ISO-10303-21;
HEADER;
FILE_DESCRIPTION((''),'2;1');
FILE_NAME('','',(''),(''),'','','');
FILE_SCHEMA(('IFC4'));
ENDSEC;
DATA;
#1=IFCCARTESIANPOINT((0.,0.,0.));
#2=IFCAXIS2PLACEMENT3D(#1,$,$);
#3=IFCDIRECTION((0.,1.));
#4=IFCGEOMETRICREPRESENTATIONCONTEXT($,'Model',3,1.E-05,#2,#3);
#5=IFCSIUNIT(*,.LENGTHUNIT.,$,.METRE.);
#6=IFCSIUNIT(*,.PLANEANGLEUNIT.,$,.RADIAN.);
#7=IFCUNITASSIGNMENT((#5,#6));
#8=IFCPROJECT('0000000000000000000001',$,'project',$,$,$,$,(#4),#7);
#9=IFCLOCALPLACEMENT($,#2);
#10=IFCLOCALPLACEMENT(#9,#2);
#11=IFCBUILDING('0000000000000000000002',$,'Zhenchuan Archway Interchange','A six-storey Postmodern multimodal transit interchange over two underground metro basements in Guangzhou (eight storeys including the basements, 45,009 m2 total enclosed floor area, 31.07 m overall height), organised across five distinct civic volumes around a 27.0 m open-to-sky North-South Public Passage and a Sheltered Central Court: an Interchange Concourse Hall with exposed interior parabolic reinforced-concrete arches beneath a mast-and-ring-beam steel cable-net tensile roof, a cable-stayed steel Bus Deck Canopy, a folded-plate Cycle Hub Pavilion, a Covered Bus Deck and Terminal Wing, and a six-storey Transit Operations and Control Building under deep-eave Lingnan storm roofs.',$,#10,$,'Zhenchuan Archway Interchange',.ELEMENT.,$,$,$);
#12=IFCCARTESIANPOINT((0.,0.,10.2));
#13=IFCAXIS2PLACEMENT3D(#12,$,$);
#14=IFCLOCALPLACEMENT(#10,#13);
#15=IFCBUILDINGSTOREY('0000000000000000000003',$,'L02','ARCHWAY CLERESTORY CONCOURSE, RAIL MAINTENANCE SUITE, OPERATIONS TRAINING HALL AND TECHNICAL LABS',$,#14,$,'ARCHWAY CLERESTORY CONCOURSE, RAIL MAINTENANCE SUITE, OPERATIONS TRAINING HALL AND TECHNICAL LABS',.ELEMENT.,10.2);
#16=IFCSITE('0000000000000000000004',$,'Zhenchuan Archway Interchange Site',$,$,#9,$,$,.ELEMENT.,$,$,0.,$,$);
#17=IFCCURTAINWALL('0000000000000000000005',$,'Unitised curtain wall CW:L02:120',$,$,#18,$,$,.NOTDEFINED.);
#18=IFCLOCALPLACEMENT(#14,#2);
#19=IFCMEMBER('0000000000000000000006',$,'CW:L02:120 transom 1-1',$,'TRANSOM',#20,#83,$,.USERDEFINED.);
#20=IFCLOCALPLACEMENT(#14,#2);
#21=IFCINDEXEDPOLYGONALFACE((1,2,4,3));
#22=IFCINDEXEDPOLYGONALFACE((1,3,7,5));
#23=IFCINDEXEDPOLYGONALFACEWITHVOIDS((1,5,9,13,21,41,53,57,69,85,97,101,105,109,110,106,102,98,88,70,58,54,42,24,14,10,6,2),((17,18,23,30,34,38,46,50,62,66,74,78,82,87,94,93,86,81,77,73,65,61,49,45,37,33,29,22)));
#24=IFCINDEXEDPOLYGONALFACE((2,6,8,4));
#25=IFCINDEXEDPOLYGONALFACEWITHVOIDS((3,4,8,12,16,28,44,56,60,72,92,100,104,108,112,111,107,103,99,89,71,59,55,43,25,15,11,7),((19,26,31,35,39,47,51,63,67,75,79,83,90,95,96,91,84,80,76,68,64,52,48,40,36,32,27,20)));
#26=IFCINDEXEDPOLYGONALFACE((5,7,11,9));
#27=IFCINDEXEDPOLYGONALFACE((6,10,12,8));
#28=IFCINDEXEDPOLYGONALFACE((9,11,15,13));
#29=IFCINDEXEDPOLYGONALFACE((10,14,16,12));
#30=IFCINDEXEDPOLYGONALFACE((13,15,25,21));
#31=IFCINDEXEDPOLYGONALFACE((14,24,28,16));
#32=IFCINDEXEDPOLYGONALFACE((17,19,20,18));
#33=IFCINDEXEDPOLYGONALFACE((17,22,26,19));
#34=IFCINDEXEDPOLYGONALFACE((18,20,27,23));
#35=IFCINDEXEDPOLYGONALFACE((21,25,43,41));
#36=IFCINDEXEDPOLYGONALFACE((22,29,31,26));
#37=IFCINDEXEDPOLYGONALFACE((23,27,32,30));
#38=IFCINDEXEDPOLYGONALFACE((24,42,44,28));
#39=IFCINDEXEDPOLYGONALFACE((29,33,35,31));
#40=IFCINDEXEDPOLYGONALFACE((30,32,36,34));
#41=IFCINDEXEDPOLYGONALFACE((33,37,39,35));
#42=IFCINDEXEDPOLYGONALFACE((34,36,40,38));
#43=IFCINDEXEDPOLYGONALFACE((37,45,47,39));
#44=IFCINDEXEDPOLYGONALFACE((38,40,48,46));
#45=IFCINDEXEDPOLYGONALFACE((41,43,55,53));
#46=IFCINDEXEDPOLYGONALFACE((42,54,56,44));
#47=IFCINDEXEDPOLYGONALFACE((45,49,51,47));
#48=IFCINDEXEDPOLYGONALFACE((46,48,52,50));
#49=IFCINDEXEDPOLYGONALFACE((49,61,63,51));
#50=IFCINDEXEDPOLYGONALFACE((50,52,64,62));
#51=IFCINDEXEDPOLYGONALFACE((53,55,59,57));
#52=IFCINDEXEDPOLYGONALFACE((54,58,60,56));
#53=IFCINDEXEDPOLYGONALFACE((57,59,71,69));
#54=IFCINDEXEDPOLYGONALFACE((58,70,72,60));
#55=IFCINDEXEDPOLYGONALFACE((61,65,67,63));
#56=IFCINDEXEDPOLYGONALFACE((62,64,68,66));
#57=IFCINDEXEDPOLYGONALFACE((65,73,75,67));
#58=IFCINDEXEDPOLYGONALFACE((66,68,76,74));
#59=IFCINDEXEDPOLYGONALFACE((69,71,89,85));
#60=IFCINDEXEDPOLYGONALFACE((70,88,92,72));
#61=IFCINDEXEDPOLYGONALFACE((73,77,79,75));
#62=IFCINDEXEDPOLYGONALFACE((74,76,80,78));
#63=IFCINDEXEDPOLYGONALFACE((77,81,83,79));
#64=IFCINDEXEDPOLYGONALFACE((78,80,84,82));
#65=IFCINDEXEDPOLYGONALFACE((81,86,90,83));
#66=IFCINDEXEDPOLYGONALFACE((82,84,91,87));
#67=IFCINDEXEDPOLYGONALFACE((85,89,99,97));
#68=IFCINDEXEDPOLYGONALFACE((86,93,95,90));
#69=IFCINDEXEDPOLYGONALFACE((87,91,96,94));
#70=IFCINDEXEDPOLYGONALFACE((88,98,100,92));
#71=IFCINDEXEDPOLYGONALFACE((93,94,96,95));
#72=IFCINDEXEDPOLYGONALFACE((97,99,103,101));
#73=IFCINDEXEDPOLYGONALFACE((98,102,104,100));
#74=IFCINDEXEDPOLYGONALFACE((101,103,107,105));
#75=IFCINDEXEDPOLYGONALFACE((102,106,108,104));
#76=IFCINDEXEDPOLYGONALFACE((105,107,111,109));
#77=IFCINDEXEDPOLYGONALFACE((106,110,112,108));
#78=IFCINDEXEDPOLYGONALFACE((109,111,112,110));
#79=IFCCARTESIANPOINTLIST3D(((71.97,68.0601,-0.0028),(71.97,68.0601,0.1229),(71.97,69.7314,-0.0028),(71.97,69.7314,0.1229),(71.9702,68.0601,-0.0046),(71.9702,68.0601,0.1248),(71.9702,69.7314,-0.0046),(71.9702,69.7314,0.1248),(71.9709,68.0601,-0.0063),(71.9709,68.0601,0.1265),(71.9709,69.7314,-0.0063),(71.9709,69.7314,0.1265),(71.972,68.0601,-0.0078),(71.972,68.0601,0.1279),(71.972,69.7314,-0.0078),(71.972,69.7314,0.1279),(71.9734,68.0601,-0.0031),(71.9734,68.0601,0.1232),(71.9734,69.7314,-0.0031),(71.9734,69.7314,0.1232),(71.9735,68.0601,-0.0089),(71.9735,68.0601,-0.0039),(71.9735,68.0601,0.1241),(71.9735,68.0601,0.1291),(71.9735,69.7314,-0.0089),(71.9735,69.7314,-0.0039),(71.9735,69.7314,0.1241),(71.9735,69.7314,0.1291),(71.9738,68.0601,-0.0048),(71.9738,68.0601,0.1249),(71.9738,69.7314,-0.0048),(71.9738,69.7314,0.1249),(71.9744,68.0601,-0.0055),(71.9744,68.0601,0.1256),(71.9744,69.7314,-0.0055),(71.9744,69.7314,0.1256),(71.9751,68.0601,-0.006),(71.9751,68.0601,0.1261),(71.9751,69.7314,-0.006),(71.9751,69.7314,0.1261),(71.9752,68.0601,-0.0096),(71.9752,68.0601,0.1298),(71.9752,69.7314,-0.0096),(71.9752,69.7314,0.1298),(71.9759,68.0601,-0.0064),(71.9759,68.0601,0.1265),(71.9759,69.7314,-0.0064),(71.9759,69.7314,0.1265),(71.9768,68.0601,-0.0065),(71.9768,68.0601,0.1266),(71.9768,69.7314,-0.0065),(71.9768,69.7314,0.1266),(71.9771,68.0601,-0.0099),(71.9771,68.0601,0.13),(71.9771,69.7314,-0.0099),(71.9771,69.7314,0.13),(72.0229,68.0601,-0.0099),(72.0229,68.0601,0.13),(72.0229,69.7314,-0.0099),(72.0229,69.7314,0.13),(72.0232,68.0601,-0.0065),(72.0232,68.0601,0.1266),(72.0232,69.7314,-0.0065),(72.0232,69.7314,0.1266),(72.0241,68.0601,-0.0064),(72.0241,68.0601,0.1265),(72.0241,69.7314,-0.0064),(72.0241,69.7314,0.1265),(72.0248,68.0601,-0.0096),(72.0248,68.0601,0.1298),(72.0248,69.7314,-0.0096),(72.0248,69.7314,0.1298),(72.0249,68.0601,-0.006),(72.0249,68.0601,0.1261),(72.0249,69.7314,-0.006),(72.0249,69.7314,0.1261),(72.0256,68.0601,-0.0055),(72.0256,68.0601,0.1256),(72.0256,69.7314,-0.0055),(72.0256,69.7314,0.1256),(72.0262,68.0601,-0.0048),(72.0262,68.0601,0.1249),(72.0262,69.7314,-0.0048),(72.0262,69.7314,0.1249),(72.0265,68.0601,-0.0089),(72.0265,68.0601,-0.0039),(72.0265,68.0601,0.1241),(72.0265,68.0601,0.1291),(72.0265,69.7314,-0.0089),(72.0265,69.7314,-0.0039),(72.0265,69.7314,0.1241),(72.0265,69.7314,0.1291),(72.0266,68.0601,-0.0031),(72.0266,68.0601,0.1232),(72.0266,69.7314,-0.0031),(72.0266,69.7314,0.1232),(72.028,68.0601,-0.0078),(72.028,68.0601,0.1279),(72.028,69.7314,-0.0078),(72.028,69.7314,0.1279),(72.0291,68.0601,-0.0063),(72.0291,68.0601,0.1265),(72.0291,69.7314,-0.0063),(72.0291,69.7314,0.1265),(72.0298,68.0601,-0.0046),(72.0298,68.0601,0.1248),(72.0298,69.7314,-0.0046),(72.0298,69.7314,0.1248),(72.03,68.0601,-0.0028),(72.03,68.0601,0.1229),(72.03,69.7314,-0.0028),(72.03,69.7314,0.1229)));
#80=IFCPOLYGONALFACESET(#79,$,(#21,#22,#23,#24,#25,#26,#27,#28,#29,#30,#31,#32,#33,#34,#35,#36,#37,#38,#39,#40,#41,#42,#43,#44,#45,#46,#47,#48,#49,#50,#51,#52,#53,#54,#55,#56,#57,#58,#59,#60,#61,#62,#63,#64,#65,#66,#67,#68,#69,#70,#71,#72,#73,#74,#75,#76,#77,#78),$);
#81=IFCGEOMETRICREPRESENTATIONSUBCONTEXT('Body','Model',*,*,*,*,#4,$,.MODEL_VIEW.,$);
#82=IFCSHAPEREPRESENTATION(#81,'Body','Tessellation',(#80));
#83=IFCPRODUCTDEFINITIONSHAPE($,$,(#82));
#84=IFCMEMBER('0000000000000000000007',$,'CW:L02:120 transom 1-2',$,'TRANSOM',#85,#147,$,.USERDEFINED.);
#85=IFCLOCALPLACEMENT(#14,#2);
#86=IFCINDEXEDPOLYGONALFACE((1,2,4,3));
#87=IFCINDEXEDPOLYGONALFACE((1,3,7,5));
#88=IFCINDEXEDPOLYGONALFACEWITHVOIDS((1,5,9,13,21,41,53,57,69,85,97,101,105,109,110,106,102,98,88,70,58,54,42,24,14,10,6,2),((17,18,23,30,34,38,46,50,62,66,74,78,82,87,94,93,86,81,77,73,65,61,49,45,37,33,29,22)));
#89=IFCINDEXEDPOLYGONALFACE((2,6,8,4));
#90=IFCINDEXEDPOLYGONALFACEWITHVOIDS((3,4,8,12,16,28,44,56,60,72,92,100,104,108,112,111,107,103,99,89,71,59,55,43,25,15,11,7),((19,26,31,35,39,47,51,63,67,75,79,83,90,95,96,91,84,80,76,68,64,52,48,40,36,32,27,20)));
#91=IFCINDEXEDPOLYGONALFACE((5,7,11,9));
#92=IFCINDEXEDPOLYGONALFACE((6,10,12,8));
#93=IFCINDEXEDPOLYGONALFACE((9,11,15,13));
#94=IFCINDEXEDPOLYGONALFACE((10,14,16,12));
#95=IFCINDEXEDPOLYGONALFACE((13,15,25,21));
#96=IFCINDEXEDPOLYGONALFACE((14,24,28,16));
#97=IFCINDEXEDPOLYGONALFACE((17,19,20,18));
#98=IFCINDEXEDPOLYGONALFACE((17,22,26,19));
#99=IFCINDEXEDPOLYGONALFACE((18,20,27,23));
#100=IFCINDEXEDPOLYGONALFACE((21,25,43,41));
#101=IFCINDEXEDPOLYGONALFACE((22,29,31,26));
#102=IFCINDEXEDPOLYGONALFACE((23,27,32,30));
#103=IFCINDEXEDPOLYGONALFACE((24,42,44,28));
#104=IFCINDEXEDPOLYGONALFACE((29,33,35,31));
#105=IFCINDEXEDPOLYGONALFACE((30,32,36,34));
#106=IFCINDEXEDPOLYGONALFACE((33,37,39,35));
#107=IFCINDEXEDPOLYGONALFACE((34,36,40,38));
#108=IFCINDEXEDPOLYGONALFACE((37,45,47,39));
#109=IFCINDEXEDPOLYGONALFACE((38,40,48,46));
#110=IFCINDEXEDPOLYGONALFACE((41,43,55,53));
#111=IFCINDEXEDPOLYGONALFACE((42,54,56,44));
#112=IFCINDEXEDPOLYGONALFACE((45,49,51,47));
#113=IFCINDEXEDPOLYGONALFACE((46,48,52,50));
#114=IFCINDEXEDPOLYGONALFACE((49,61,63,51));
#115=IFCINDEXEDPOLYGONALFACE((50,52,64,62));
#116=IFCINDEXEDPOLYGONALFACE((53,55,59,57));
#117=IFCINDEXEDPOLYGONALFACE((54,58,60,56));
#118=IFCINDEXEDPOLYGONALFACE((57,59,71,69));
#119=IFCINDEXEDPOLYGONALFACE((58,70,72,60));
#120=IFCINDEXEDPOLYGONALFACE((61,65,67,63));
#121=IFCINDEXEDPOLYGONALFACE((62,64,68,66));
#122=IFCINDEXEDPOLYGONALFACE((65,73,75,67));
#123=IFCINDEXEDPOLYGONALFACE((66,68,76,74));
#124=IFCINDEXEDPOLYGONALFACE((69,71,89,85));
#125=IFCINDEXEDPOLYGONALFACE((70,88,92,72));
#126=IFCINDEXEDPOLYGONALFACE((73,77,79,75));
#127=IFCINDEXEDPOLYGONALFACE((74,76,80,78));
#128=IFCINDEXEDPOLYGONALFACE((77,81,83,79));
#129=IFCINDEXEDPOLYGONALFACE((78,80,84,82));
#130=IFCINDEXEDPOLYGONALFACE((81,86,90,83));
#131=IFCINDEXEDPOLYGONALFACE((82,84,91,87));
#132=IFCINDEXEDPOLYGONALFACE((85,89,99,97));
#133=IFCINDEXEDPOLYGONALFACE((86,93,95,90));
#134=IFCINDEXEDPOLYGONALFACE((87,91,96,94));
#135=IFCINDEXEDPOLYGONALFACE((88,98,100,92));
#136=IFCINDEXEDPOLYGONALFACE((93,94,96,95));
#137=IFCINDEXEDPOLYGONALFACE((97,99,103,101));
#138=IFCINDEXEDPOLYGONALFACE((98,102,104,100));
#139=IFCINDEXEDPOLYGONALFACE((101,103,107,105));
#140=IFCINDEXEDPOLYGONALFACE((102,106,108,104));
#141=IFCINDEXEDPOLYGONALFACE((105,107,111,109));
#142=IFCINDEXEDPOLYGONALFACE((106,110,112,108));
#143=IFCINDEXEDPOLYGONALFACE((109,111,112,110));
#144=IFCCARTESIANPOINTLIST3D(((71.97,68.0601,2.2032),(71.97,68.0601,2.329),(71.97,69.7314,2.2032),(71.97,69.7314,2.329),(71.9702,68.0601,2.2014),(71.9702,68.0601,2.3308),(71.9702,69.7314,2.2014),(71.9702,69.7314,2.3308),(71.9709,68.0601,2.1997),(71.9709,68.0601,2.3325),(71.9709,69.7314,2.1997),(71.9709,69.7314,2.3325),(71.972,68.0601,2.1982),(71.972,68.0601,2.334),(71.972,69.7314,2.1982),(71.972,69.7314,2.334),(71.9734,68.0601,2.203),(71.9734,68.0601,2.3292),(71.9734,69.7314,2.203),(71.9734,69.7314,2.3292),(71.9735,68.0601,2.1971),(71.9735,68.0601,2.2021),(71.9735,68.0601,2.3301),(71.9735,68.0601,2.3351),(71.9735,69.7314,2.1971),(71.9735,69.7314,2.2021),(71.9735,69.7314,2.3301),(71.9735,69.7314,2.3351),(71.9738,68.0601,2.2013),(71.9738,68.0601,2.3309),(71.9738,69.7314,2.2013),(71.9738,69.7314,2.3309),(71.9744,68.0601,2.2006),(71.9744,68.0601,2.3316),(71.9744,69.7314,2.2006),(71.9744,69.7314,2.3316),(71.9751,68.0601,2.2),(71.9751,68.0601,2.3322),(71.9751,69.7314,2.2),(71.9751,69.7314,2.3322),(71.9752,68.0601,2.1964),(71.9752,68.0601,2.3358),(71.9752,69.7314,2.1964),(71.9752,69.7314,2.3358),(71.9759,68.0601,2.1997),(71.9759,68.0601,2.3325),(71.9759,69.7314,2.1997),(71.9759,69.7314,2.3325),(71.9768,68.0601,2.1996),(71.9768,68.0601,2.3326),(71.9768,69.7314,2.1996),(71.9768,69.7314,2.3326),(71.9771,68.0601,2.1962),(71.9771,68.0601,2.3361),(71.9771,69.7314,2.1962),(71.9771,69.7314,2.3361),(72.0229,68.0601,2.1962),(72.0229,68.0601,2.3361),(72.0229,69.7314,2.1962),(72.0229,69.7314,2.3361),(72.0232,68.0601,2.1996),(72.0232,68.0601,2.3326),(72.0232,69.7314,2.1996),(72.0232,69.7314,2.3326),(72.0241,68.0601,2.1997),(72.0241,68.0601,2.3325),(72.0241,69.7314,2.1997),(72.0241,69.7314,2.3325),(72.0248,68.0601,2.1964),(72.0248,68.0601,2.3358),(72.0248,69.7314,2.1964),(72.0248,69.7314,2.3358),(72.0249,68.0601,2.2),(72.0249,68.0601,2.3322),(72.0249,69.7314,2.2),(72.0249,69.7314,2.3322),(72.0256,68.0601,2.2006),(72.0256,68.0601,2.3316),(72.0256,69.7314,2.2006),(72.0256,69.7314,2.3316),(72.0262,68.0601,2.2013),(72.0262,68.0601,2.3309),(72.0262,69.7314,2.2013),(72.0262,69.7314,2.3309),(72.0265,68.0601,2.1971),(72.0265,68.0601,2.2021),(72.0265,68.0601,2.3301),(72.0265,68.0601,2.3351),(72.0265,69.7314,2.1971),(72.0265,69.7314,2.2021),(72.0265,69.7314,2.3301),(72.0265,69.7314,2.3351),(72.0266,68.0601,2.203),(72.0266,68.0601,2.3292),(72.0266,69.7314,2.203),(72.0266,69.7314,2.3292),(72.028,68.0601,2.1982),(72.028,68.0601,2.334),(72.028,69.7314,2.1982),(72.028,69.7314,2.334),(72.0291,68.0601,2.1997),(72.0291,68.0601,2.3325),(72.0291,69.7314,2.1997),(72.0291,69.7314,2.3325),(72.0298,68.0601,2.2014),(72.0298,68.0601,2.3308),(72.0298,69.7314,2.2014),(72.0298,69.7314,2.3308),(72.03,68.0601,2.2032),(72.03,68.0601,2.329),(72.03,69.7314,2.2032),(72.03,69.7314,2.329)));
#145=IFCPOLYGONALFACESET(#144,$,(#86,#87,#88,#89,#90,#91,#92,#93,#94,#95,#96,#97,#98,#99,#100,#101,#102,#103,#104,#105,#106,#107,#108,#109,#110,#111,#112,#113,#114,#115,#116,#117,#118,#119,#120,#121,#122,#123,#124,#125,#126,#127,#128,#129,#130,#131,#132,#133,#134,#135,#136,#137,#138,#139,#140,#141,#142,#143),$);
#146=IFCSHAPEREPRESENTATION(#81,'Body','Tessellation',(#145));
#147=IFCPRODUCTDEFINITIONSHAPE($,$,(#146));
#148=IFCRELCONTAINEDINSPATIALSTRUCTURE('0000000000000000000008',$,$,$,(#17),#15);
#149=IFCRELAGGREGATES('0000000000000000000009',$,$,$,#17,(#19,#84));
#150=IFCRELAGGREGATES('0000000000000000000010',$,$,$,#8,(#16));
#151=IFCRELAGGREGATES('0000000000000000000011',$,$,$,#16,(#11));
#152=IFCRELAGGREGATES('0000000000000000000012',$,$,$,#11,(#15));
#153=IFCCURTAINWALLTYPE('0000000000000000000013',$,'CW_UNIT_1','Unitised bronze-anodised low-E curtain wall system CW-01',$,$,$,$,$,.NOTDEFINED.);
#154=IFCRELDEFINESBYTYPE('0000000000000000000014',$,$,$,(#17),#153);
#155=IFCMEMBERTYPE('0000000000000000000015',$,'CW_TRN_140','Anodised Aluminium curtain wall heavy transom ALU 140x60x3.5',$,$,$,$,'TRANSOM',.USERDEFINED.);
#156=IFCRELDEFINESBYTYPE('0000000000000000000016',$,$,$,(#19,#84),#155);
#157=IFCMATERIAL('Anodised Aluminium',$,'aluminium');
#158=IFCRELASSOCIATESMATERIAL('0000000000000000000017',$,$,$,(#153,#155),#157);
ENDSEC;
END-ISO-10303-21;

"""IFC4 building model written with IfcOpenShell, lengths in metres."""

from ifc_helpers import new_model, si_unit, direction, frame, origin, origin_2d, place, context, subcontext, project, spatial, hollow_rectangle, extrude, material, material_profile, profile_set, type_object, element, aggregate, save


model = new_model("IFC4")

# Units and contexts
model_context = context("Model", 3, precision=1e-05, world=origin(), true_north=direction((0.0, 1.0)))
body_context = subcontext(model_context, "Body", "Model", "MODEL_VIEW")
ifc_project = project(units=[si_unit("LENGTHUNIT", "METRE"), si_unit("PLANEANGLEUNIT", "RADIAN")], contexts=[model_context])

# Site, building, storey
site_placement = place(None, origin())
site = spatial("IfcSite", under=ifc_project, at=site_placement, Name="Zhenchuan Archway Interchange Site", CompositionType="ELEMENT", RefElevation=0.0)
building_placement = place(site_placement, origin())
building = spatial("IfcBuilding", under=site, at=building_placement, Name="Zhenchuan Archway Interchange", Description="A six-storey Postmodern multimodal transit interchange over two underground metro basements in Guangzhou (eight storeys including the basements, 45,009 m2 total enclosed floor area, 31.07 m overall height), organised across five distinct civic volumes around a 27.0 m open-to-sky North-South Public Passage and a Sheltered Central Court: an Interchange Concourse Hall with exposed interior parabolic reinforced-concrete arches beneath a mast-and-ring-beam steel cable-net tensile roof, a cable-stayed steel Bus Deck Canopy, a folded-plate Cycle Hub Pavilion, a Covered Bus Deck and Terminal Wing, and a six-storey Transit Operations and Control Building under deep-eave Lingnan storm roofs.", LongName="Zhenchuan Archway Interchange", CompositionType="ELEMENT")
storey_placement = place(building_placement, frame((0.0, 0.0, 10.2)))
storey = spatial("IfcBuildingStorey", under=building, at=storey_placement, Name="L02", Description="ARCHWAY CLERESTORY CONCOURSE, RAIL MAINTENANCE SUITE, OPERATIONS TRAINING HALL AND TECHNICAL LABS", LongName="ARCHWAY CLERESTORY CONCOURSE, RAIL MAINTENANCE SUITE, OPERATIONS TRAINING HALL AND TECHNICAL LABS", CompositionType="ELEMENT", Elevation=10.2)

# Curtain wall, members
ifc_material_1 = material(Name="Anodised Aluminium", Category="aluminium")
curtain_wall_type = type_object("IfcCurtainWallType", Name="CW_UNIT_1", Description="Unitised bronze-anodised low-E curtain wall system CW-01", PredefinedType="NOTDEFINED", material=ifc_material_1)
curtain_wall_placement = place(storey_placement, origin())
curtain_wall = element("IfcCurtainWall", 1, at=curtain_wall_placement, inside=storey, type_object=curtain_wall_type, Name="Unitised curtain wall CW:L02:120", PredefinedType="NOTDEFINED")
ifc_material_profile_1 = material_profile(ifc_material_1, hollow_rectangle(XDim=0.0601, YDim=0.1399, WallThickness=0.0034, InnerFilletRadius=0.0034, OuterFilletRadius=0.0071, at=origin_2d()), Name="ALU 140x60x3.5")
ifc_profile_set_1 = profile_set([ifc_material_profile_1], Name="Anodised Aluminium")
member_type_1 = type_object("IfcMemberType", Name="CW_TRN_140", Description="Anodised Aluminium curtain wall heavy transom ALU 140x60x3.5", ElementType="TRANSOM", PredefinedType="USERDEFINED", material=ifc_profile_set_1)
member_1_placement = place(storey_placement, frame((72.0, 69.7314, 0.0601), z_axis=(0.0, -1.0, 0.0), x_axis=(1.0, 0.0, 0.0)))
member_1 = element("IfcMember", 2, at=member_1_placement, type_object=member_type_1, Name="CW:L02:120 transom 1-1", ObjectType="TRANSOM", PredefinedType="USERDEFINED", context=body_context, shape_type="SweptSolid", body=[
    extrude(hollow_rectangle(XDim=0.0601, YDim=0.1399, WallThickness=0.0034, InnerFilletRadius=0.0034, OuterFilletRadius=0.0071, at=origin_2d()), origin(), (0.0, 0.0, 1.0), 1.6714),
])
member_2_placement = place(storey_placement, frame((72.0, 69.7314, 2.2661), z_axis=(0.0, -1.0, 0.0), x_axis=(1.0, 0.0, 0.0)))
member_2 = element("IfcMember", 3, at=member_2_placement, type_object=member_type_1, Name="CW:L02:120 transom 1-2", ObjectType="TRANSOM", PredefinedType="USERDEFINED", context=body_context, shape_type="SweptSolid", body=[
    extrude(hollow_rectangle(XDim=0.0601, YDim=0.1399, WallThickness=0.0034, InnerFilletRadius=0.0034, OuterFilletRadius=0.0071, at=origin_2d()), origin(), (0.0, 0.0, 1.0), 1.6714),
])
aggregate(curtain_wall, [member_1, member_2])

save(model, "model.ifc")
